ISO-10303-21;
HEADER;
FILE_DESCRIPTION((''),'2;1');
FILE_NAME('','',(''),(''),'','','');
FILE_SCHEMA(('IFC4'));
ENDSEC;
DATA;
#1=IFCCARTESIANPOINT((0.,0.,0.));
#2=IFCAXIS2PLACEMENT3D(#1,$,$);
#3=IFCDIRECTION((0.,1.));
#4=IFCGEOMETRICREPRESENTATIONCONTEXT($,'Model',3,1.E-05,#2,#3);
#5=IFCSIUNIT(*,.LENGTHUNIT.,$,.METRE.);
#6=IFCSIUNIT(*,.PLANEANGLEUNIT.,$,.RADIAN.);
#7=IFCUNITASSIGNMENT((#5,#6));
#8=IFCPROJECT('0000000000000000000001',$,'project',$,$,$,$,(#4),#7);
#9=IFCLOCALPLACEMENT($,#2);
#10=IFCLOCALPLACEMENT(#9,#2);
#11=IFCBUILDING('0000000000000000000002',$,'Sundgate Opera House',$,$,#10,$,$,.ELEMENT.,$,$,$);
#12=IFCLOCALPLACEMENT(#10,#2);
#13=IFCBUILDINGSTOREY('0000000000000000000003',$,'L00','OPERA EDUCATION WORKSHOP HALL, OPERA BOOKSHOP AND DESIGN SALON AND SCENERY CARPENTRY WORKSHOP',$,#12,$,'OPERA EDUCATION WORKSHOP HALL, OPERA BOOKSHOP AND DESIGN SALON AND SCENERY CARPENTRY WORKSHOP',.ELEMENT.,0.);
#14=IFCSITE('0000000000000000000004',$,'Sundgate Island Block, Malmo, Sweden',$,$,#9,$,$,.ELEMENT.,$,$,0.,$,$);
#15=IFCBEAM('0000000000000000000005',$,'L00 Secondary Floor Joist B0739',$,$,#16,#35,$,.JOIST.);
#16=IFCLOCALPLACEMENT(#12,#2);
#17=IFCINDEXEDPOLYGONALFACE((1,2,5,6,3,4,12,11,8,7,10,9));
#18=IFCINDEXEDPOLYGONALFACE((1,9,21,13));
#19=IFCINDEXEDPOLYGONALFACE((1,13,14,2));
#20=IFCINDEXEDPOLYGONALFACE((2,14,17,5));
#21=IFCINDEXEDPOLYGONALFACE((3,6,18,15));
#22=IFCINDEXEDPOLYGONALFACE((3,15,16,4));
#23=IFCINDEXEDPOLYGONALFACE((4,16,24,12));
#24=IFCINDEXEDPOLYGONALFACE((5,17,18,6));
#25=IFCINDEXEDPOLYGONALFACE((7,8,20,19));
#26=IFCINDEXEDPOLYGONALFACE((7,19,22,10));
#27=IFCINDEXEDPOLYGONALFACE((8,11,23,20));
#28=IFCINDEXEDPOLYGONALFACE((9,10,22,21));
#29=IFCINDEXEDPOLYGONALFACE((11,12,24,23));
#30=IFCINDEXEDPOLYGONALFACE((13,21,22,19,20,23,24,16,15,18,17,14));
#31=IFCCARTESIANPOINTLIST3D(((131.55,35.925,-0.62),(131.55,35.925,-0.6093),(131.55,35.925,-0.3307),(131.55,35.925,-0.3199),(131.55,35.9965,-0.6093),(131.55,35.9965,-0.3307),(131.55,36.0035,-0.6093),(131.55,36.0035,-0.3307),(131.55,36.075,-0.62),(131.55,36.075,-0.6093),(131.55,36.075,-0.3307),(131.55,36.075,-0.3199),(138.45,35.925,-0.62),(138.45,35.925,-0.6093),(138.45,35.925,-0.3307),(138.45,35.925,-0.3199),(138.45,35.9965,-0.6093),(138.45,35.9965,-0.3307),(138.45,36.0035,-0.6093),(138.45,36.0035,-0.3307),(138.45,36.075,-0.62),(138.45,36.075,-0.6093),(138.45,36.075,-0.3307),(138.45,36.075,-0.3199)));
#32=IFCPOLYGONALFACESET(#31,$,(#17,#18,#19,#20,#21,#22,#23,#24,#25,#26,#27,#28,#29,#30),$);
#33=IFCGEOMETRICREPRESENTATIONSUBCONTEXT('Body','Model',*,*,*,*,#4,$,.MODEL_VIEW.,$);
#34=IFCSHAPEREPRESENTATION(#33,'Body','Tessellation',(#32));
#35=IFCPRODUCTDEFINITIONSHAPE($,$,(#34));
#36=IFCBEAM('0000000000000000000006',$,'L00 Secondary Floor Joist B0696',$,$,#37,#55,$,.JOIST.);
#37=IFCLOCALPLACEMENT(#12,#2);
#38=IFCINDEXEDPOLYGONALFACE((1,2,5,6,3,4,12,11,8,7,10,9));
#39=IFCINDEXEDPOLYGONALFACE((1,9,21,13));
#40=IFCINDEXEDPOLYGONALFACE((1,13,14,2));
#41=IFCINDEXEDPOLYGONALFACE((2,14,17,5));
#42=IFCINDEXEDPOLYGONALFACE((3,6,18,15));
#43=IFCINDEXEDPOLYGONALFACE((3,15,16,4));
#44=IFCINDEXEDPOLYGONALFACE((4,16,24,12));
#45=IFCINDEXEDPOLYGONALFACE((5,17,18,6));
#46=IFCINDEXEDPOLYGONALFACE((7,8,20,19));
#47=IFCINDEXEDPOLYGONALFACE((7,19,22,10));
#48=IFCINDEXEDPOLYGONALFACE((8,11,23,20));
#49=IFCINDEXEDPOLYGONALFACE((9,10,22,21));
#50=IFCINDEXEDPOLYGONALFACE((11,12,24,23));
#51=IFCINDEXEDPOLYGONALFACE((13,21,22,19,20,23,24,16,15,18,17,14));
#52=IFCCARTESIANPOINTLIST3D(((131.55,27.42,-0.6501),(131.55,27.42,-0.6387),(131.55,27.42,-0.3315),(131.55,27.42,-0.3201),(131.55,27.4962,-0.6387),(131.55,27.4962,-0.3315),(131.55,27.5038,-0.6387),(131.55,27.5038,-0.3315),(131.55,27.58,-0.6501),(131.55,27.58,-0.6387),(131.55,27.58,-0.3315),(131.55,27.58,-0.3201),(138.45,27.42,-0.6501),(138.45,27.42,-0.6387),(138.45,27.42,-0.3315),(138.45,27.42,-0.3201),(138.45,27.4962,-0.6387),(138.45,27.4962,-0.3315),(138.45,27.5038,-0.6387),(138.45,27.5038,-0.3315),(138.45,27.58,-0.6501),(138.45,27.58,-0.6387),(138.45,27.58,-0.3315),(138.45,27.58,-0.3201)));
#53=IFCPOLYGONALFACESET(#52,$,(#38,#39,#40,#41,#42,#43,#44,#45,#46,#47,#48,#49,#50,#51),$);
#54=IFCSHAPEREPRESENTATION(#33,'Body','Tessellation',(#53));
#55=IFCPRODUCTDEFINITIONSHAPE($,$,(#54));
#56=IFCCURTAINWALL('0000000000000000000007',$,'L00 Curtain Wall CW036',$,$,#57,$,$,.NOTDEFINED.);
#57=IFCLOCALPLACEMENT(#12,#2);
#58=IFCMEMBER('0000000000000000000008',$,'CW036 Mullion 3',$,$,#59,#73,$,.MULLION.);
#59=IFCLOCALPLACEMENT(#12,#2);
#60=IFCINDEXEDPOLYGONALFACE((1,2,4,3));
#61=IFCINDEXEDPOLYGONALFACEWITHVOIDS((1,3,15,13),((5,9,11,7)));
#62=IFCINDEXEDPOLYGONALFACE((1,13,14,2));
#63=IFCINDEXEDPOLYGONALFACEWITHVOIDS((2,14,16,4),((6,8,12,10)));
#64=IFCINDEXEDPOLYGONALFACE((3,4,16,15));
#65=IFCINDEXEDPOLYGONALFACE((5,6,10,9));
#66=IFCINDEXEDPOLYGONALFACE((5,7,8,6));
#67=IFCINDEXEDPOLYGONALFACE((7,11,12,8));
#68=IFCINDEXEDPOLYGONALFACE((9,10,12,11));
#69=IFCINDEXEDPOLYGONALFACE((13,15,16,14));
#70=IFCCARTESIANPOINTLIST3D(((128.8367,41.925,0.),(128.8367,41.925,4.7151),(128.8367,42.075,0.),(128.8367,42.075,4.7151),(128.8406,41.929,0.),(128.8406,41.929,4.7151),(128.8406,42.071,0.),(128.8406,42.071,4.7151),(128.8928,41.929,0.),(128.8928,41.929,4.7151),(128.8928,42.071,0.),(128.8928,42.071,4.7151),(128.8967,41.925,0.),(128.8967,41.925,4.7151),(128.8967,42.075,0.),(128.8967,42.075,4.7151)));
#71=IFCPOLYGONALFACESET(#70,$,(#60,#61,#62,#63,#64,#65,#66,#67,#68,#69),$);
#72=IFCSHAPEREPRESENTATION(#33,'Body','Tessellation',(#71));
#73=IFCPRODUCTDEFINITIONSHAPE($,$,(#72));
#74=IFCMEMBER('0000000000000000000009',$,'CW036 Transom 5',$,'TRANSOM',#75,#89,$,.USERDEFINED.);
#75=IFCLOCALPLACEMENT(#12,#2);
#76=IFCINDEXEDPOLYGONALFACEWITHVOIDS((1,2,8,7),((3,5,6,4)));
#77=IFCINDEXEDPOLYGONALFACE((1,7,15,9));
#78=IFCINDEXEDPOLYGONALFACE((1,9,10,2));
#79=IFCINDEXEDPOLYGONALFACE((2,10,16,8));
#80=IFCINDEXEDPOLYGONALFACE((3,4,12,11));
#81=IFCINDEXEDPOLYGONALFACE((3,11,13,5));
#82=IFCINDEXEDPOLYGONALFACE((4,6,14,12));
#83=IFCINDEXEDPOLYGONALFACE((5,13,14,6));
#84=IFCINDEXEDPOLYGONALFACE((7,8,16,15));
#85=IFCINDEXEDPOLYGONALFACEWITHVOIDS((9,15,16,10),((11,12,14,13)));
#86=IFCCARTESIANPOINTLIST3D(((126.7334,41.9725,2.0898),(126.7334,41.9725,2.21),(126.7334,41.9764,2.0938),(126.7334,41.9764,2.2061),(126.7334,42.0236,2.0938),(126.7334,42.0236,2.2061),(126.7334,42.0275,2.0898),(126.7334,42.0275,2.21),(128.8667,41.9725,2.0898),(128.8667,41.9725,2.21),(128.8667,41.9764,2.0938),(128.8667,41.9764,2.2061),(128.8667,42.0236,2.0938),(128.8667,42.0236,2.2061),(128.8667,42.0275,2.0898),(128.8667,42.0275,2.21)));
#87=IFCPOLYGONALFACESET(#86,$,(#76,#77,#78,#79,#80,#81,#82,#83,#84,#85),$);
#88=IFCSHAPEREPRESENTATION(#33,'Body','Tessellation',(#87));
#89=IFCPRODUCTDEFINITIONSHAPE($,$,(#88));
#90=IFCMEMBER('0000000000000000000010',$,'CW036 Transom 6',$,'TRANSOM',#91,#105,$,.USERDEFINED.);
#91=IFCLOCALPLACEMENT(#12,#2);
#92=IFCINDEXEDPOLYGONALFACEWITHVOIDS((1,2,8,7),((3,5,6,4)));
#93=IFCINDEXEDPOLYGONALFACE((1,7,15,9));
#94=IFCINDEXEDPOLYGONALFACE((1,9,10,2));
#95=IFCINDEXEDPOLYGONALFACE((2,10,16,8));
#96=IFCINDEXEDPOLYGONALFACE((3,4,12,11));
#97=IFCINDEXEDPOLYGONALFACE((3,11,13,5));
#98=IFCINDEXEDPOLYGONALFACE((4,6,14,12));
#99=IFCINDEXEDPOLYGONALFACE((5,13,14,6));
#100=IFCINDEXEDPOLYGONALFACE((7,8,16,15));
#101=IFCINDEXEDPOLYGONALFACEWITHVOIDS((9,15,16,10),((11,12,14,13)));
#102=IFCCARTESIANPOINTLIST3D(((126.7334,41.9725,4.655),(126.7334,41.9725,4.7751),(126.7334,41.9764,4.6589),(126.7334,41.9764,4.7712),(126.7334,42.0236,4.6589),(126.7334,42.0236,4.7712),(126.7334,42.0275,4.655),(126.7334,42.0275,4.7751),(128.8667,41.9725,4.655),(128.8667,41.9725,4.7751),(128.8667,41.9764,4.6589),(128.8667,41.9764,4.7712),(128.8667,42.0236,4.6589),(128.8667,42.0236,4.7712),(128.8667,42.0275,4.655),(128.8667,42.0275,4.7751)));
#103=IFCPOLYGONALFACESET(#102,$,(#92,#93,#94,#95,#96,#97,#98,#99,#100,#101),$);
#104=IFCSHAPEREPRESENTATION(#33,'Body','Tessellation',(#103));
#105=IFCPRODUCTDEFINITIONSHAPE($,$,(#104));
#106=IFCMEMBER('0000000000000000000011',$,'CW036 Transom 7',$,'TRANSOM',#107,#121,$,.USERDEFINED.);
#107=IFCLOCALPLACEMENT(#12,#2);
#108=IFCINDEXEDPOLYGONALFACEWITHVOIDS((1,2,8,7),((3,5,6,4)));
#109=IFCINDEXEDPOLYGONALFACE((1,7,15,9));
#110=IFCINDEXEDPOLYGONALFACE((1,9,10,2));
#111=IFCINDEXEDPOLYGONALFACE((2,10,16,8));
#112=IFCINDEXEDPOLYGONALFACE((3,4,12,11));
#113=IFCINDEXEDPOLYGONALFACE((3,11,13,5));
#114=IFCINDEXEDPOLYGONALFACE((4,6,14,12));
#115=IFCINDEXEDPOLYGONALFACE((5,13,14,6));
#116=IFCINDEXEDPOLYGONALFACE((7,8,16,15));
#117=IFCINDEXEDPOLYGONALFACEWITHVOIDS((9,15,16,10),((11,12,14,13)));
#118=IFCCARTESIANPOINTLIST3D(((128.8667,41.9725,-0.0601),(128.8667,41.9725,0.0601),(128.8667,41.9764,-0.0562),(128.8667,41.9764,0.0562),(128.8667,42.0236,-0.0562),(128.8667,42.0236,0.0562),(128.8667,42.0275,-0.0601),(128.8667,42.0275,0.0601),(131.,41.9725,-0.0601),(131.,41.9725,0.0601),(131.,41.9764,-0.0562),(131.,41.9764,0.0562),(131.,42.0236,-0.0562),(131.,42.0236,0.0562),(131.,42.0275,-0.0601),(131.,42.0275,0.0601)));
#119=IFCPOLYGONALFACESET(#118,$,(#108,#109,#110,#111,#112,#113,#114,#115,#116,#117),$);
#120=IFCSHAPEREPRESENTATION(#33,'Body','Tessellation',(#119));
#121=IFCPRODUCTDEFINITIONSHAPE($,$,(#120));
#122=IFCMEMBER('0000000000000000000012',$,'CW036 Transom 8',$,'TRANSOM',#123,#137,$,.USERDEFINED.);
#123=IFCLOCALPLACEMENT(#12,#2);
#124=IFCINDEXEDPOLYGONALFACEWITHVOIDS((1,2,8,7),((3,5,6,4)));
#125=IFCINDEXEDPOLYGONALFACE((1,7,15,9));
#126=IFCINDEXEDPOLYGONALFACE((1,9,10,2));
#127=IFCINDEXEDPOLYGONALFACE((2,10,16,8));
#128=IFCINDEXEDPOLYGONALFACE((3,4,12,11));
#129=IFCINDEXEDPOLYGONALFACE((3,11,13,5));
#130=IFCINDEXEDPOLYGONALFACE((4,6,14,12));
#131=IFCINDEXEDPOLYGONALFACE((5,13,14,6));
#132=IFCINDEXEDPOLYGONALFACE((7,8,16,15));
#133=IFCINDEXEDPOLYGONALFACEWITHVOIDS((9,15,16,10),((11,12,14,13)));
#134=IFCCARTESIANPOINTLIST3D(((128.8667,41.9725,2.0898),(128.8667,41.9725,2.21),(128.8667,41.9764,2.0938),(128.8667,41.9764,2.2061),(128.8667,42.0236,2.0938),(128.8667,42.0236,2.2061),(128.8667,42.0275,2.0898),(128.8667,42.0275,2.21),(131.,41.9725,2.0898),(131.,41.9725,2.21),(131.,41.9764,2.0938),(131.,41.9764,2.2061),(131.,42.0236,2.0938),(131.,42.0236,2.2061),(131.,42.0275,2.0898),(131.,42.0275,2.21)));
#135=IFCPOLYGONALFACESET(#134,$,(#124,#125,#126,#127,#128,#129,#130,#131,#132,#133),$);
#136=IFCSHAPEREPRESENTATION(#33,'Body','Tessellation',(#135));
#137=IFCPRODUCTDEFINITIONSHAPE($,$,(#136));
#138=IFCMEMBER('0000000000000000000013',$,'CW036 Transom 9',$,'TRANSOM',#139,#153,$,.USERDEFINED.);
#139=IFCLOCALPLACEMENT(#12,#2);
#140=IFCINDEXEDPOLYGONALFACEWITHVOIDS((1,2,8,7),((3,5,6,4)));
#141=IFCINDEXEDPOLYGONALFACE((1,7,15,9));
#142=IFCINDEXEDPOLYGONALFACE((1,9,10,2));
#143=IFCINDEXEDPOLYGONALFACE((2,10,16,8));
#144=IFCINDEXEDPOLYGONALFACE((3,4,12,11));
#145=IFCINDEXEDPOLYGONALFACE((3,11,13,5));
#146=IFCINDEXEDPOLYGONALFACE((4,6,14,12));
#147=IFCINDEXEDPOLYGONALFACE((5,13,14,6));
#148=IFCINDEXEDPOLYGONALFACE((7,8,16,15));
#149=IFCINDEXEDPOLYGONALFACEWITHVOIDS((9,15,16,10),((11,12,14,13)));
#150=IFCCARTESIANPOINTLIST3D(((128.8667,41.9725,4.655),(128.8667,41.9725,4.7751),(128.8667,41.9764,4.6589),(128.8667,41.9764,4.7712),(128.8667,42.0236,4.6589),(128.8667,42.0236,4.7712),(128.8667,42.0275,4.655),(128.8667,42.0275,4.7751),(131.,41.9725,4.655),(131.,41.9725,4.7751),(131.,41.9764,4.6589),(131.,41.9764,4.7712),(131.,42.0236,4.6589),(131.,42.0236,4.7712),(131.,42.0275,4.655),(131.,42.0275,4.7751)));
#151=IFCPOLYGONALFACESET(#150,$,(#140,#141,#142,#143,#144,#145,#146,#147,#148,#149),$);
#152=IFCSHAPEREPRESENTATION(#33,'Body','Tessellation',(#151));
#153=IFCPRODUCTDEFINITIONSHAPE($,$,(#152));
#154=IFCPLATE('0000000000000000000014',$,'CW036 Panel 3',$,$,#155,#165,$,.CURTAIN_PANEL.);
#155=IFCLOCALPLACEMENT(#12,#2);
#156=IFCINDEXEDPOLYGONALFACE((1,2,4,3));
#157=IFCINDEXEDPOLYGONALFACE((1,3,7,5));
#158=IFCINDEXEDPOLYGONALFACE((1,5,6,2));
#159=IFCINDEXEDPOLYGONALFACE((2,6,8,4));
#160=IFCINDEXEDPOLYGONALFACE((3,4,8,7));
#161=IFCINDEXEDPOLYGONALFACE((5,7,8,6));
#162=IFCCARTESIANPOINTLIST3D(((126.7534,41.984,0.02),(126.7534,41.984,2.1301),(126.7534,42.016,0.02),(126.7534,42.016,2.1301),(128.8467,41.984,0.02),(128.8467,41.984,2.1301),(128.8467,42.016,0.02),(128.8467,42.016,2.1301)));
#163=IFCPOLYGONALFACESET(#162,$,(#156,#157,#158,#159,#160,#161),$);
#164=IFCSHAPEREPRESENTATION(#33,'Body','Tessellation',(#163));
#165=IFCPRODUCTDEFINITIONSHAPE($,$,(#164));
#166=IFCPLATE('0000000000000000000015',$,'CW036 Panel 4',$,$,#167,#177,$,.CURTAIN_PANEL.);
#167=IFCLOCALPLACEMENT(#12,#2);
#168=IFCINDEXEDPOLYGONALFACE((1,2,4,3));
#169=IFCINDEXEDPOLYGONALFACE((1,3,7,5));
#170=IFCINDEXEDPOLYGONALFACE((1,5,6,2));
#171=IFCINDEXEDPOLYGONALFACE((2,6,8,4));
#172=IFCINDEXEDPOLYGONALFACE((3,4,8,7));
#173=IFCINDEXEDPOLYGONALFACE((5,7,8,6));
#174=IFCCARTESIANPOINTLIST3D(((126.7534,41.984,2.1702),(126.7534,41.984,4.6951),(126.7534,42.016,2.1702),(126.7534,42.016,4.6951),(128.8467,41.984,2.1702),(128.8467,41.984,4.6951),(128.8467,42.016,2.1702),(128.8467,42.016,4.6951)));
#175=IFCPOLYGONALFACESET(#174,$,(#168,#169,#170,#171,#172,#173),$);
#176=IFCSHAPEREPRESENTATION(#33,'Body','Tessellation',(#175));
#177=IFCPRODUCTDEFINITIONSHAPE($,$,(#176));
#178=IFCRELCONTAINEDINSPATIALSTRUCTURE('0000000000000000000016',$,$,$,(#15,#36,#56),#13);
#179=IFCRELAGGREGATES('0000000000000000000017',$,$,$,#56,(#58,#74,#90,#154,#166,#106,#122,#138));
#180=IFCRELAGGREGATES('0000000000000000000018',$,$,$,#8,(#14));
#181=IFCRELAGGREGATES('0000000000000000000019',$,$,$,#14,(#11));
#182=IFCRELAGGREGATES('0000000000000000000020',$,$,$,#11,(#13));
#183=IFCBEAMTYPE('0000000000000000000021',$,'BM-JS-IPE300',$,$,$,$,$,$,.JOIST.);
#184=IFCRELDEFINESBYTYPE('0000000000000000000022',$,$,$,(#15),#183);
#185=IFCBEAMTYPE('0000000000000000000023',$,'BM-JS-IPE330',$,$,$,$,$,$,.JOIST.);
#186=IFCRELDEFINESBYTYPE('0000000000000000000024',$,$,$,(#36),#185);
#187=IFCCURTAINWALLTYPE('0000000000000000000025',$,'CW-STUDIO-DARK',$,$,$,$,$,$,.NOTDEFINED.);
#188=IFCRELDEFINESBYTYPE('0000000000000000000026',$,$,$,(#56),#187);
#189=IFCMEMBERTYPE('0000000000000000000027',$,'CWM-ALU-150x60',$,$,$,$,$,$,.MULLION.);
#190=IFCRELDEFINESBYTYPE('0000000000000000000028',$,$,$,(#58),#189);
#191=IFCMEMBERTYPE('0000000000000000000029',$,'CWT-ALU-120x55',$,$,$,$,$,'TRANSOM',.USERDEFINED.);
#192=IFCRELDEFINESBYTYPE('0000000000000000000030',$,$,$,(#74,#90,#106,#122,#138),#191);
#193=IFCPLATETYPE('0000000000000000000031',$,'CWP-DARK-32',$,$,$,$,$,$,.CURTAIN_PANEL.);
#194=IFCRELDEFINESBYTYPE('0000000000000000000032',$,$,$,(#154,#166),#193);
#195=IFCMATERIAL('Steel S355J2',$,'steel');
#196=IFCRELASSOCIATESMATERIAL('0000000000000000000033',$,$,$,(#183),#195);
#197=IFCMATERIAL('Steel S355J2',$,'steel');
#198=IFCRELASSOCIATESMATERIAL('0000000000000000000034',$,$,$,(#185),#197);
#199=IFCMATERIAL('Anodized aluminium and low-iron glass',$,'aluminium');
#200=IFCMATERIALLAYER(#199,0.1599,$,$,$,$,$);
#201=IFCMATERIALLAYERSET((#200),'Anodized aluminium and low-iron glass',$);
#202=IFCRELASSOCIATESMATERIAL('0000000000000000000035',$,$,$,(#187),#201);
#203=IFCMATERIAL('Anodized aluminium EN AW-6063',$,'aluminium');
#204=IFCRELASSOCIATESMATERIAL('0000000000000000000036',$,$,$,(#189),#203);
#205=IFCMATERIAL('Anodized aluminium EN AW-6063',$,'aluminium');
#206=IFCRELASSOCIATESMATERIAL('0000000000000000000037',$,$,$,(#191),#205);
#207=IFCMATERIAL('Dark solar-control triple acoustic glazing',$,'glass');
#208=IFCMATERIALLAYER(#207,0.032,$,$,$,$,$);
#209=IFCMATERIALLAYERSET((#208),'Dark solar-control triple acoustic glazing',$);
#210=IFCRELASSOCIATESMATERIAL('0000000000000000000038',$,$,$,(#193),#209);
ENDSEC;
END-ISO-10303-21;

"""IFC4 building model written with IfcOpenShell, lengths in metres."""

from ifc_helpers import new_model, si_unit, direction, frame, origin, origin_2d, place, context, subcontext, project, spatial, rectangle, hollow_rectangle, i_section, extrude, material, layer, layer_set, material_profile, profile_set, type_object, element, aggregate, save


model = new_model("IFC4")

# Units and contexts
model_context = context("Model", 3, precision=1e-05, world=origin(), true_north=direction((0.0, 1.0)))
body_context = subcontext(model_context, "Body", "Model", "MODEL_VIEW")
ifc_project = project(units=[si_unit("LENGTHUNIT", "METRE"), si_unit("PLANEANGLEUNIT", "RADIAN")], contexts=[model_context])

# Site, building, storey
site_placement = place(None, origin())
site = spatial("IfcSite", under=ifc_project, at=site_placement, Name="Sundgate Island Block, Malmo, Sweden", CompositionType="ELEMENT", RefElevation=0.0)
building_placement = place(site_placement, origin())
building = spatial("IfcBuilding", under=site, at=building_placement, Name="Sundgate Opera House", CompositionType="ELEMENT")
storey_placement = place(building_placement, origin())
storey = spatial("IfcBuildingStorey", under=building, at=storey_placement, Name="L00", Description="OPERA EDUCATION WORKSHOP HALL, OPERA BOOKSHOP AND DESIGN SALON AND SCENERY CARPENTRY WORKSHOP", LongName="OPERA EDUCATION WORKSHOP HALL, OPERA BOOKSHOP AND DESIGN SALON AND SCENERY CARPENTRY WORKSHOP", CompositionType="ELEMENT", Elevation=0.0)

# Beams
ifc_material_1 = material(Name="Steel S355J2", Category="steel")
ifc_material_profile_1 = material_profile(ifc_material_1, i_section(OverallWidth=0.1499, OverallDepth=0.3, WebThickness=0.0071, FlangeThickness=0.0107, at=origin_2d()), Name="IPE 300")
ifc_profile_set_1 = profile_set([ifc_material_profile_1], Name="Steel S355J2")
beam_type_1 = type_object("IfcBeamType", Name="BM-JS-IPE300", PredefinedType="JOIST", material=ifc_profile_set_1)
for number, where, z_axis, x_axis, name in (
    (1, (131.55, 36.0, -0.47), (1.0, 0.0, 0.0), (0.0, 1.0, 0.0), "L00 Secondary Floor Joist B0739"),
):
    element("IfcBeam", number, at=place(storey_placement, frame(where, z_axis=z_axis, x_axis=x_axis)), inside=storey, type_object=beam_type_1, Name=name, PredefinedType="JOIST", context=body_context, shape_type="SweptSolid", body=[
        extrude(i_section(OverallWidth=0.1499, OverallDepth=0.3, WebThickness=0.0071, FlangeThickness=0.0107, at=origin_2d()), origin(), (0.0, 0.0, 1.0), 6.8999),
    ])
ifc_material_2 = material(Name="Steel S355J2", Category="steel")
ifc_material_profile_2 = material_profile(ifc_material_2, i_section(OverallWidth=0.1599, OverallDepth=0.3301, WebThickness=0.0076, FlangeThickness=0.0115, at=origin_2d()), Name="IPE 330")
ifc_profile_set_2 = profile_set([ifc_material_profile_2], Name="Steel S355J2")
beam_type_2 = type_object("IfcBeamType", Name="BM-JS-IPE330", PredefinedType="JOIST", material=ifc_profile_set_2)
beam_1_placement = place(storey_placement, frame((131.55, 27.5, -0.4851), z_axis=(1.0, 0.0, 0.0), x_axis=(0.0, 1.0, 0.0)))
element("IfcBeam", 2, at=beam_1_placement, inside=storey, type_object=beam_type_2, Name="L00 Secondary Floor Joist B0696", PredefinedType="JOIST", context=body_context, shape_type="SweptSolid", body=[
    extrude(i_section(OverallWidth=0.1599, OverallDepth=0.3301, WebThickness=0.0076, FlangeThickness=0.0115, at=origin_2d()), origin(), (0.0, 0.0, 1.0), 6.8999),
])

# Curtain wall, members, plates
ifc_material_3 = material(Name="Anodized aluminium and low-iron glass", Category="aluminium")
ifc_layer_1 = layer(ifc_material_3, 0.1599)
ifc_layer_set_1 = layer_set([ifc_layer_1], Name="Anodized aluminium and low-iron glass")
curtain_wall_type = type_object("IfcCurtainWallType", Name="CW-STUDIO-DARK", PredefinedType="NOTDEFINED", material=ifc_layer_set_1)
curtain_wall_placement = place(storey_placement, origin())
curtain_wall = element("IfcCurtainWall", 3, at=curtain_wall_placement, inside=storey, type_object=curtain_wall_type, Name="L00 Curtain Wall CW036", PredefinedType="NOTDEFINED")
ifc_material_4 = material(Name="Anodized aluminium EN AW-6063", Category="aluminium")
ifc_material_profile_3 = material_profile(ifc_material_4, hollow_rectangle(XDim=0.0601, YDim=0.1499, WallThickness=0.0039, at=origin_2d()), Name="CWM 150x60x4")
ifc_profile_set_3 = profile_set([ifc_material_profile_3], Name="Anodized aluminium EN AW-6063")
member_type_1 = type_object("IfcMemberType", Name="CWM-ALU-150x60", PredefinedType="MULLION", material=ifc_profile_set_3)
member_1_placement = place(storey_placement, frame((128.8667, 42.0, 0.0), z_axis=(0.0, 0.0, 1.0), x_axis=(1.0, 0.0, 0.0)))
member_1 = element("IfcMember", 4, at=member_1_placement, type_object=member_type_1, Name="CW036 Mullion 3", PredefinedType="MULLION", context=body_context, shape_type="SweptSolid", body=[
    extrude(hollow_rectangle(XDim=0.0601, YDim=0.1499, WallThickness=0.0039, at=origin_2d()), origin(), (0.0, 0.0, 1.0), 4.7151),
])
ifc_material_5 = material(Name="Anodized aluminium EN AW-6063", Category="aluminium")
ifc_material_profile_4 = material_profile(ifc_material_5, hollow_rectangle(XDim=0.0549, YDim=0.1201, WallThickness=0.0039, at=origin_2d()), Name="CWT 120x55x4")
ifc_profile_set_4 = profile_set([ifc_material_profile_4], Name="Anodized aluminium EN AW-6063")
member_type_2 = type_object("IfcMemberType", Name="CWT-ALU-120x55", ElementType="TRANSOM", PredefinedType="USERDEFINED", material=ifc_profile_set_4)
member_2_placement = place(storey_placement, frame((126.7334, 42.0, 2.1499), z_axis=(1.0, 0.0, 0.0), x_axis=(0.0, 1.0, 0.0)))
member_2 = element("IfcMember", 5, at=member_2_placement, type_object=member_type_2, Name="CW036 Transom 5", ObjectType="TRANSOM", PredefinedType="USERDEFINED", context=body_context, shape_type="SweptSolid", body=[
    extrude(hollow_rectangle(XDim=0.0549, YDim=0.1201, WallThickness=0.0039, at=origin_2d()), origin(), (0.0, 0.0, 1.0), 2.1333),
])
member_3_placement = place(storey_placement, frame((126.7334, 42.0, 4.7151), z_axis=(1.0, 0.0, 0.0), x_axis=(0.0, 1.0, 0.0)))
member_3 = element("IfcMember", 6, at=member_3_placement, type_object=member_type_2, Name="CW036 Transom 6", ObjectType="TRANSOM", PredefinedType="USERDEFINED", context=body_context, shape_type="SweptSolid", body=[
    extrude(hollow_rectangle(XDim=0.0549, YDim=0.1201, WallThickness=0.0039, at=origin_2d()), origin(), (0.0, 0.0, 1.0), 2.1333),
])
member_4_placement = place(storey_placement, frame((128.8667, 42.0, 0.0), z_axis=(1.0, 0.0, 0.0), x_axis=(0.0, 1.0, 0.0)))
member_4 = element("IfcMember", 7, at=member_4_placement, type_object=member_type_2, Name="CW036 Transom 7", ObjectType="TRANSOM", PredefinedType="USERDEFINED", context=body_context, shape_type="SweptSolid", body=[
    extrude(hollow_rectangle(XDim=0.0549, YDim=0.1201, WallThickness=0.0039, at=origin_2d()), origin(), (0.0, 0.0, 1.0), 2.1333),
])
member_5_placement = place(storey_placement, frame((128.8667, 42.0, 2.1499), z_axis=(1.0, 0.0, 0.0), x_axis=(0.0, 1.0, 0.0)))
member_5 = element("IfcMember", 8, at=member_5_placement, type_object=member_type_2, Name="CW036 Transom 8", ObjectType="TRANSOM", PredefinedType="USERDEFINED", context=body_context, shape_type="SweptSolid", body=[
    extrude(hollow_rectangle(XDim=0.0549, YDim=0.1201, WallThickness=0.0039, at=origin_2d()), origin(), (0.0, 0.0, 1.0), 2.1333),
])
member_6_placement = place(storey_placement, frame((128.8667, 42.0, 4.7151), z_axis=(1.0, 0.0, 0.0), x_axis=(0.0, 1.0, 0.0)))
member_6 = element("IfcMember", 9, at=member_6_placement, type_object=member_type_2, Name="CW036 Transom 9", ObjectType="TRANSOM", PredefinedType="USERDEFINED", context=body_context, shape_type="SweptSolid", body=[
    extrude(hollow_rectangle(XDim=0.0549, YDim=0.1201, WallThickness=0.0039, at=origin_2d()), origin(), (0.0, 0.0, 1.0), 2.1333),
])
ifc_material_6 = material(Name="Dark solar-control triple acoustic glazing", Category="glass")
ifc_layer_2 = layer(ifc_material_6, 0.032)
ifc_layer_set_2 = layer_set([ifc_layer_2], Name="Dark solar-control triple acoustic glazing")
plate_type_1 = type_object("IfcPlateType", Name="CWP-DARK-32", PredefinedType="CURTAIN_PANEL", material=ifc_layer_set_2)
plate_1_placement = place(storey_placement, frame((127.8, 42.0, 0.02), z_axis=(0.0, 0.0, 1.0), x_axis=(1.0, 0.0, 0.0)))
plate_1 = element("IfcPlate", 10, at=plate_1_placement, type_object=plate_type_1, Name="CW036 Panel 3", PredefinedType="CURTAIN_PANEL", context=body_context, shape_type="SweptSolid", body=[
    extrude(rectangle(XDim=2.0933, YDim=0.032, at=origin_2d()), origin(), (0.0, 0.0, 1.0), 2.1101),
])
plate_2_placement = place(storey_placement, frame((127.8, 42.0, 2.1702), z_axis=(0.0, 0.0, 1.0), x_axis=(1.0, 0.0, 0.0)))
plate_2 = element("IfcPlate", 11, at=plate_2_placement, type_object=plate_type_1, Name="CW036 Panel 4", PredefinedType="CURTAIN_PANEL", context=body_context, shape_type="SweptSolid", body=[
    extrude(rectangle(XDim=2.0933, YDim=0.032, at=origin_2d()), origin(), (0.0, 0.0, 1.0), 2.5249),
])
aggregate(curtain_wall, [member_1, member_2, member_3, plate_1, plate_2, member_4, member_5, member_6])

save(model, "model.ifc")
